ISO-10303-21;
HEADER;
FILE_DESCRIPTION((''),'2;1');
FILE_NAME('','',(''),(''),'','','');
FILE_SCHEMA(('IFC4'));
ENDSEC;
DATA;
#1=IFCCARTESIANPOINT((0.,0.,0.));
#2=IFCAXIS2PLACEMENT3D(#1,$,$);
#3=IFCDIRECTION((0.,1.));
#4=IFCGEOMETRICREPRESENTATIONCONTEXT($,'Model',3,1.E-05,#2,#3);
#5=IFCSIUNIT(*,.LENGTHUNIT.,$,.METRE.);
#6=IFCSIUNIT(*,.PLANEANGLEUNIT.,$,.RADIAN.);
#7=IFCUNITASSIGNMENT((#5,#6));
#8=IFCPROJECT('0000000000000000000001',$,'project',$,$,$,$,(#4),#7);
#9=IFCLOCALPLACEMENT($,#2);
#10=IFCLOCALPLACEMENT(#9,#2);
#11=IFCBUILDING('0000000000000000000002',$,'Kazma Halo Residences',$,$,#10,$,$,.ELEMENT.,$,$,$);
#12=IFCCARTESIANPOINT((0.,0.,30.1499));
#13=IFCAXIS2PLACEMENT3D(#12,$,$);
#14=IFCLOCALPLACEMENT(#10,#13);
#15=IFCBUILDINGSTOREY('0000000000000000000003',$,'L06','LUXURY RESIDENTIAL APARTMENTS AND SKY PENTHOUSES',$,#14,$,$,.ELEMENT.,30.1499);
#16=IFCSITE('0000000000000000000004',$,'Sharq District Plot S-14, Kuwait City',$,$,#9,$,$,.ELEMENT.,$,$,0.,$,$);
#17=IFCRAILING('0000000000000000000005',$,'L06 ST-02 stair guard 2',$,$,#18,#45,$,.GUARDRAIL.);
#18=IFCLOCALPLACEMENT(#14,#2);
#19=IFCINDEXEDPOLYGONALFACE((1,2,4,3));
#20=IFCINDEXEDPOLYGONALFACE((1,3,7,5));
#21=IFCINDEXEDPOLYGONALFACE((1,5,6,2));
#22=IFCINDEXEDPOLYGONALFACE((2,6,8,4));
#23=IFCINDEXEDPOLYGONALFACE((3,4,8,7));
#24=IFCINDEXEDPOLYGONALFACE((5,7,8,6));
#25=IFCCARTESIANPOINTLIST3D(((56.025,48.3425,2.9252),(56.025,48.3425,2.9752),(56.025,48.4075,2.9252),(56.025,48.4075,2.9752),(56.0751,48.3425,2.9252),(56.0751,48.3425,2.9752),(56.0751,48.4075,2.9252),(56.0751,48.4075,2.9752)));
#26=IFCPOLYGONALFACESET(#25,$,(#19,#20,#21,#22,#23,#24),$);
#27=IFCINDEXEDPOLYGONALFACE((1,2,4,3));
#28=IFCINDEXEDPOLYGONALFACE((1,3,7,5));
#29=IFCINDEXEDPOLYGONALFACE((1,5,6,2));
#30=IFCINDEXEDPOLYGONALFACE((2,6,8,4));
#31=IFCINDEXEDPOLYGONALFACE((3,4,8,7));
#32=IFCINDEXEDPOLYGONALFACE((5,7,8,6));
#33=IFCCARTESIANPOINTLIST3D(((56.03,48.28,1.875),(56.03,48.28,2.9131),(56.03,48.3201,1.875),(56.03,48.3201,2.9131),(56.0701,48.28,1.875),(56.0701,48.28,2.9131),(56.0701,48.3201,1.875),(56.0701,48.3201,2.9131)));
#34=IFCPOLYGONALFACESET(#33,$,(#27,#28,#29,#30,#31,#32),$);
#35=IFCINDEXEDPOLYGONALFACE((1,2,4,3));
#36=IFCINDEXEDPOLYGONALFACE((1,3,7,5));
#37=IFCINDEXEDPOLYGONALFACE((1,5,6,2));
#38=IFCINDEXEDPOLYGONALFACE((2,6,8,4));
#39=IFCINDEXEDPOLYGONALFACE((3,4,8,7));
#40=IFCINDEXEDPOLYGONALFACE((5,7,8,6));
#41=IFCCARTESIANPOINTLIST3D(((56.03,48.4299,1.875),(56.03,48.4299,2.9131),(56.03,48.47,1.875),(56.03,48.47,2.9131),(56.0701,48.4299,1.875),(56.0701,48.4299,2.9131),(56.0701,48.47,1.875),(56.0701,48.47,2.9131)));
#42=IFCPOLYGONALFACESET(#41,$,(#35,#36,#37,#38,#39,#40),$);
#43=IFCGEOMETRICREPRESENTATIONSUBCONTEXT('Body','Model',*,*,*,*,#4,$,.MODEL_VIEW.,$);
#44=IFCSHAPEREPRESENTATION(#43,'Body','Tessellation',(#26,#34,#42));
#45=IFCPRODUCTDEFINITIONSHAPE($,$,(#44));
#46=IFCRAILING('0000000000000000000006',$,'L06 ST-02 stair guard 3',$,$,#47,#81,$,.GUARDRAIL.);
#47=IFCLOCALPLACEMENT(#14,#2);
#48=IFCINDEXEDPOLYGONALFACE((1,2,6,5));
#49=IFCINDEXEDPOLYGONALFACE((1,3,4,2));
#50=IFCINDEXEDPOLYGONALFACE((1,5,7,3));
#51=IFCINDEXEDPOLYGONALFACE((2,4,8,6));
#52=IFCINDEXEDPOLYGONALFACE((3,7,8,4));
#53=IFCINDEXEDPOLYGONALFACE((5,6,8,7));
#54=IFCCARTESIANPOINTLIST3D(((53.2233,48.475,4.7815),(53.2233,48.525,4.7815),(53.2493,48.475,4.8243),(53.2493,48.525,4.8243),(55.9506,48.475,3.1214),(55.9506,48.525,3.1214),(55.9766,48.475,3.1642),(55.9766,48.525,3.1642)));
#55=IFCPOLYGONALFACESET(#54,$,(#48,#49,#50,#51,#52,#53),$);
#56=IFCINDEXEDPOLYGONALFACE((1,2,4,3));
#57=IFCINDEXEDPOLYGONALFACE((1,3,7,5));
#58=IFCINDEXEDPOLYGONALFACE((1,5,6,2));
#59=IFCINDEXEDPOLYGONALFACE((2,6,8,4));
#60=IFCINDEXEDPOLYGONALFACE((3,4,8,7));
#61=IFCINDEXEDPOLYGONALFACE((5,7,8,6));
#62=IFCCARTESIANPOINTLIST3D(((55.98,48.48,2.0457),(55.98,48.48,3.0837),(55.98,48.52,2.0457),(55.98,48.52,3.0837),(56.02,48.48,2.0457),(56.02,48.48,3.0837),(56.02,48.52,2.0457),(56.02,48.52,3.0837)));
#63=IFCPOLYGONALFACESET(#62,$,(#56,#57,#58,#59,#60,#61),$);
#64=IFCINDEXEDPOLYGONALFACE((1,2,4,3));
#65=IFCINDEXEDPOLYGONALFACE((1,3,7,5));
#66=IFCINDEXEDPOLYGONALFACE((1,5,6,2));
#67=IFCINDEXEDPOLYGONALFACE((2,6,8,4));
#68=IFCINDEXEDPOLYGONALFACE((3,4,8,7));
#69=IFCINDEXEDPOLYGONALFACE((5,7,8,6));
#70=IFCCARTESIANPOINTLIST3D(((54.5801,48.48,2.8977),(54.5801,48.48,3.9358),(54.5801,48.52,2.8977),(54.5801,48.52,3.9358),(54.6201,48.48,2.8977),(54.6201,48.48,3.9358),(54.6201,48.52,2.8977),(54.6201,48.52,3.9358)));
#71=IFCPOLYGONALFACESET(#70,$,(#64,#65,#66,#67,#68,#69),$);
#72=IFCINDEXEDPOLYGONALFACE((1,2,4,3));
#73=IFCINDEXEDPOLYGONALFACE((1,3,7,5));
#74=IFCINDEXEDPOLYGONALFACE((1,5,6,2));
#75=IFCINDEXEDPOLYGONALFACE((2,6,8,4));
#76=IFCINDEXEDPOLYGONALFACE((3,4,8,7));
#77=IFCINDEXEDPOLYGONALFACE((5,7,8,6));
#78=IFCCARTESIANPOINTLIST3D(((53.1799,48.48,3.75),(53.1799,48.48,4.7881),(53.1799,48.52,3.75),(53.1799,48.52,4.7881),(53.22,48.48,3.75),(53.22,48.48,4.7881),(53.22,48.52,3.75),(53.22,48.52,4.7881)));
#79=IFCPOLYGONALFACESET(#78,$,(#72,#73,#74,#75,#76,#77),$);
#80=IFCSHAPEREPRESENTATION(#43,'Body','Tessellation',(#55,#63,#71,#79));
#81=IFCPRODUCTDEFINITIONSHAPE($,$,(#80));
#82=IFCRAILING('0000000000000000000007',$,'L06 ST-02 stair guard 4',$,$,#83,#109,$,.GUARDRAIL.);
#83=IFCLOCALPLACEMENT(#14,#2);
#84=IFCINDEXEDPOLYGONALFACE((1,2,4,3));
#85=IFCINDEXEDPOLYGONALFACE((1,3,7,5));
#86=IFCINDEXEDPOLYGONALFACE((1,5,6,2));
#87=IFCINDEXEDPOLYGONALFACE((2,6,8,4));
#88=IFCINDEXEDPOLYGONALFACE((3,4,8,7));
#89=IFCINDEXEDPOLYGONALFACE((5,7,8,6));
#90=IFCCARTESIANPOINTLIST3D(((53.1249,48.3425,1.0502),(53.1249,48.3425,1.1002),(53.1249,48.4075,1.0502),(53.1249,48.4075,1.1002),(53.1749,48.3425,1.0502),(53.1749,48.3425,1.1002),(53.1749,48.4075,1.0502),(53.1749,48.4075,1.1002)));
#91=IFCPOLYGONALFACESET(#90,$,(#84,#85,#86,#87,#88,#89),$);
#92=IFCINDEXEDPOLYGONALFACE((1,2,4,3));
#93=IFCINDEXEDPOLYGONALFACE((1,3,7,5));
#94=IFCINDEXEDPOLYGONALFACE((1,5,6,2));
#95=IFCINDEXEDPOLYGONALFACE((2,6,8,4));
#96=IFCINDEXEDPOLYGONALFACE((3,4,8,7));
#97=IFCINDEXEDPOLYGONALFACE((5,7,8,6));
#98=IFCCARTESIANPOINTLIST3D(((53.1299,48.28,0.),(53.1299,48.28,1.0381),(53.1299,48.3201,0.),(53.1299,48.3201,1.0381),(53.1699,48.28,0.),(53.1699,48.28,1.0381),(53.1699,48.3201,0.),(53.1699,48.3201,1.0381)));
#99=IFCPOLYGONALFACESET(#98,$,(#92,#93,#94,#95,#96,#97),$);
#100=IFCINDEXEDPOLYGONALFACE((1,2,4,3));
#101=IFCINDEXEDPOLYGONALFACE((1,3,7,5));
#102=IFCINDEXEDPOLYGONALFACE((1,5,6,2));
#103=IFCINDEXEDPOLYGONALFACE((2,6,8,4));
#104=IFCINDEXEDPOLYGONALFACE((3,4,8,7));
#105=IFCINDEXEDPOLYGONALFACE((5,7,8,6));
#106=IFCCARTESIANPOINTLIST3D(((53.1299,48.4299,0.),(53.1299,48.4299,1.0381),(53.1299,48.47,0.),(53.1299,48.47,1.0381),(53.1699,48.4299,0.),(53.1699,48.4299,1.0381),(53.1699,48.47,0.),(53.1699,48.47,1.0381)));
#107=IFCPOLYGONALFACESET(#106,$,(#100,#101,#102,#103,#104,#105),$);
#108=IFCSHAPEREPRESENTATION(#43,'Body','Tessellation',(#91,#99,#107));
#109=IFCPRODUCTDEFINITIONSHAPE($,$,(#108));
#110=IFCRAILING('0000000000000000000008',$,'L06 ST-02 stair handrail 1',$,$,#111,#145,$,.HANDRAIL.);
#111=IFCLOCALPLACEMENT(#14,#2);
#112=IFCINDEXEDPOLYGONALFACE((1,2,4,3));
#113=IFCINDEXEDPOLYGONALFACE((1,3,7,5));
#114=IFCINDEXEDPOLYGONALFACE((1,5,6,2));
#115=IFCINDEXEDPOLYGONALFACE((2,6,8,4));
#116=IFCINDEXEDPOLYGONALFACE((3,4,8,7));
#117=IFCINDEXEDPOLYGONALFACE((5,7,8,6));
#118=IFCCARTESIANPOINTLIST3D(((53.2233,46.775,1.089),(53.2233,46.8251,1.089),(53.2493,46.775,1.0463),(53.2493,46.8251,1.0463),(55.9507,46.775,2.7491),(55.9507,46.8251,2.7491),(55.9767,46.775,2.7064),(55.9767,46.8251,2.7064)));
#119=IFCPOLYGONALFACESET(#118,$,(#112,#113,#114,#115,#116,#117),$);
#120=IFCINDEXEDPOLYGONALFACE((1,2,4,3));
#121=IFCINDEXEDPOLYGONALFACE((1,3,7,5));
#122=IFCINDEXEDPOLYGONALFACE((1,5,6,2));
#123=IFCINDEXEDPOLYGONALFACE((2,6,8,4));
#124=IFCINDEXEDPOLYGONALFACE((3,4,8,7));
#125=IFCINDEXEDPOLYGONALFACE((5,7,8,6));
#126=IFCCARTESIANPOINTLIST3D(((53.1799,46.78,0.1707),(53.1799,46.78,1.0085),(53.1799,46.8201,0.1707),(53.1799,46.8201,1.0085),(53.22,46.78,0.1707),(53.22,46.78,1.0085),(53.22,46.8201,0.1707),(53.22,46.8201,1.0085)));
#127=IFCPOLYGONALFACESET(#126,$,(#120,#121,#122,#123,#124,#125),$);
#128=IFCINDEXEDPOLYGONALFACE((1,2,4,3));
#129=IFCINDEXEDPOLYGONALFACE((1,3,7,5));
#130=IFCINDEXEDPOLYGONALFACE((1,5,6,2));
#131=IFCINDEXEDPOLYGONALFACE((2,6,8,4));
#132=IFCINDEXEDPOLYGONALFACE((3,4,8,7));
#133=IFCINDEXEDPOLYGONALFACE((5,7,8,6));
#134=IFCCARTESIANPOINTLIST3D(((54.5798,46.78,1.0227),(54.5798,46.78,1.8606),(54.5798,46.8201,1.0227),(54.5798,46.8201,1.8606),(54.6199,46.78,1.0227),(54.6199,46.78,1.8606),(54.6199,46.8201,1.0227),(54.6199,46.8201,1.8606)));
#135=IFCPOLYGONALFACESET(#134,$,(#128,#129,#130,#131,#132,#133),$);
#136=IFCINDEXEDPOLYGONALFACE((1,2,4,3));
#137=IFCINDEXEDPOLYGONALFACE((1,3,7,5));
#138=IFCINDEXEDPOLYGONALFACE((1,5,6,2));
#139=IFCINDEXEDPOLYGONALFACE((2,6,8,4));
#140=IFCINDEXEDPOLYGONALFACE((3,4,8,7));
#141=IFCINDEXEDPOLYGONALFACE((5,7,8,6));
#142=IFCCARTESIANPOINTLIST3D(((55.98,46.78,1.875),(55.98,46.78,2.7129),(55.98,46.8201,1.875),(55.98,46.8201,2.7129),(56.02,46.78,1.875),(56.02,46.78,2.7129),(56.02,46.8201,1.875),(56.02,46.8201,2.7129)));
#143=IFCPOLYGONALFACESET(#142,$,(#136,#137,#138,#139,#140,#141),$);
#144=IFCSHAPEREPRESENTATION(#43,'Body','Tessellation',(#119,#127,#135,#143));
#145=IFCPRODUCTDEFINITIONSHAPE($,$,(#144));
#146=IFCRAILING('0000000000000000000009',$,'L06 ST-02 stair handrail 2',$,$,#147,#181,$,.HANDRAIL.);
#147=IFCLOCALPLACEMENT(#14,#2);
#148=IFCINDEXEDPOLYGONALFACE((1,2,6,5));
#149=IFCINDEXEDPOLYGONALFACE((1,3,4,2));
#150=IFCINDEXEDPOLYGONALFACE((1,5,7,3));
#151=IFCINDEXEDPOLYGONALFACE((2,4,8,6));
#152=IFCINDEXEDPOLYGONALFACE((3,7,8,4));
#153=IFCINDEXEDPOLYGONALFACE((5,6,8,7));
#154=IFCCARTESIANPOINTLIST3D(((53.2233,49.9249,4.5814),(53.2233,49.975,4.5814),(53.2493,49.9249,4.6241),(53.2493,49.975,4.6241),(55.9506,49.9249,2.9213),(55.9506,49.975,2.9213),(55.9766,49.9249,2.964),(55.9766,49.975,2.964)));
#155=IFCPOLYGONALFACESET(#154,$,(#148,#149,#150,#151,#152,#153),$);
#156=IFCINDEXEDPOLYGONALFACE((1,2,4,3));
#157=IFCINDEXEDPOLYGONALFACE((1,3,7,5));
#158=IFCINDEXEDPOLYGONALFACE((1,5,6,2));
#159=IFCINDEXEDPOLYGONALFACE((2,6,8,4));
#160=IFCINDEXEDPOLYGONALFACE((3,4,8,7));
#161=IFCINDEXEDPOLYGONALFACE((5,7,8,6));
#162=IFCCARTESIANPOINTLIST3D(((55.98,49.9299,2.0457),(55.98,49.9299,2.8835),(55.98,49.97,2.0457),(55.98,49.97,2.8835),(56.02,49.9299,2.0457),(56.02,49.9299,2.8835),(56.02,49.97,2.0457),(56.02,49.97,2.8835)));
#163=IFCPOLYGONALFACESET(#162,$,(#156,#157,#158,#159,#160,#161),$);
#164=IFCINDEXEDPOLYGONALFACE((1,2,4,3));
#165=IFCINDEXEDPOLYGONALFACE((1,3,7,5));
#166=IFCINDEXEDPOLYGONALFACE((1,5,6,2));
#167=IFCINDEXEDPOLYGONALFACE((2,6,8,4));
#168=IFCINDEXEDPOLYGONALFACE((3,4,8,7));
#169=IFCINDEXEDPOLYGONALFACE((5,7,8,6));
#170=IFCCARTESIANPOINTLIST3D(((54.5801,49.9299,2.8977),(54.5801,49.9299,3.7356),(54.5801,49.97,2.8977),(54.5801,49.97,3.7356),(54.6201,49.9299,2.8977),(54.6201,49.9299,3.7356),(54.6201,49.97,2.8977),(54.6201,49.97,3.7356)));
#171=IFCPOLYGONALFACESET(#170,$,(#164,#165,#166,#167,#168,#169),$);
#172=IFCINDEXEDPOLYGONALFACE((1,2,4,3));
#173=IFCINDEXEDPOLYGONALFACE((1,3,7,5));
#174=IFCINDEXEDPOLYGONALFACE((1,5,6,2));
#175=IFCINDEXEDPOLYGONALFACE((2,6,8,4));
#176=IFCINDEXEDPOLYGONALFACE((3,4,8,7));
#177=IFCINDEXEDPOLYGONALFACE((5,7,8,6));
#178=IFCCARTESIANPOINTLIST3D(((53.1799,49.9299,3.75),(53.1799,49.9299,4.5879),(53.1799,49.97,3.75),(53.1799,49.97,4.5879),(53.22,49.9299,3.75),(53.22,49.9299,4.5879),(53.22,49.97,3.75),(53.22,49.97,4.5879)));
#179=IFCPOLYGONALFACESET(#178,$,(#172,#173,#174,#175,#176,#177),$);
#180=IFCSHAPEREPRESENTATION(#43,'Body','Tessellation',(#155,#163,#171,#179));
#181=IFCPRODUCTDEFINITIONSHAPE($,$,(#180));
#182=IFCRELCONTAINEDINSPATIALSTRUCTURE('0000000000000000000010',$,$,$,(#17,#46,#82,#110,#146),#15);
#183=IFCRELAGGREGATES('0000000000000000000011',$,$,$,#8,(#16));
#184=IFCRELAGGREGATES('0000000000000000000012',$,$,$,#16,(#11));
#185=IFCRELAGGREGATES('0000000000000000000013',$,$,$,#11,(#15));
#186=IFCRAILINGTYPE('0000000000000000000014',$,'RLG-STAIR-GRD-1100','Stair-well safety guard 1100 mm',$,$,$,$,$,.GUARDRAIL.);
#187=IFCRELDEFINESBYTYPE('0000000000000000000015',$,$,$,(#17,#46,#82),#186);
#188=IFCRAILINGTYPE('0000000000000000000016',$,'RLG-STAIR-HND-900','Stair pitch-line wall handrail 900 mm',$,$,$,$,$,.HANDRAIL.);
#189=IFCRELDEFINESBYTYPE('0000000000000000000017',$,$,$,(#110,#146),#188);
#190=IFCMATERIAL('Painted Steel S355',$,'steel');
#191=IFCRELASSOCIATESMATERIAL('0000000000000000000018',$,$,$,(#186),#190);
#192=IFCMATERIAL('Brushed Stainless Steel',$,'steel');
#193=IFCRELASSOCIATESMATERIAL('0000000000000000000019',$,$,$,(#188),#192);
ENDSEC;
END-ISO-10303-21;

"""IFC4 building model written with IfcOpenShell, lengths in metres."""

from ifc_helpers import new_model, si_unit, direction, frame, origin, origin_2d, place, context, subcontext, project, spatial, rectangle, extrude, material, type_object, element, save


model = new_model("IFC4")

# Units and contexts
model_context = context("Model", 3, precision=1e-05, world=origin(), true_north=direction((0.0, 1.0)))
body_context = subcontext(model_context, "Body", "Model", "MODEL_VIEW")
ifc_project = project(units=[si_unit("LENGTHUNIT", "METRE"), si_unit("PLANEANGLEUNIT", "RADIAN")], contexts=[model_context])

# Site, building, storey
site_placement = place(None, origin())
site = spatial("IfcSite", under=ifc_project, at=site_placement, Name="Sharq District Plot S-14, Kuwait City", CompositionType="ELEMENT", RefElevation=0.0)
building_placement = place(site_placement, origin())
building = spatial("IfcBuilding", under=site, at=building_placement, Name="Kazma Halo Residences", CompositionType="ELEMENT")
storey_placement = place(building_placement, frame((0.0, 0.0, 30.1499)))
storey = spatial("IfcBuildingStorey", under=building, at=storey_placement, Name="L06", Description="LUXURY RESIDENTIAL APARTMENTS AND SKY PENTHOUSES", CompositionType="ELEMENT", Elevation=30.1499)

# Railings
ifc_material_1 = material(Name="Painted Steel S355", Category="steel")
railing_type_1 = type_object("IfcRailingType", Name="RLG-STAIR-GRD-1100", Description="Stair-well safety guard 1100 mm", PredefinedType="GUARDRAIL", material=ifc_material_1)
railing_1_placement = place(storey_placement, frame((56.05, 48.3, 1.875)))
element("IfcRailing", 1, at=railing_1_placement, inside=storey, type_object=railing_type_1, Name="L06 ST-02 stair guard 2", PredefinedType="GUARDRAIL", context=body_context, shape_type="SweptSolid", body=[
    extrude(rectangle(XDim=0.05, YDim=0.05, at=origin_2d()), frame((0.0, 0.0425, 1.0752), z_axis=(0.0, 1.0, 0.0), x_axis=(-1.0, 0.0, 0.0)), (0.0, 0.0, 1.0), 0.0649),
    extrude(rectangle(XDim=0.04, YDim=0.04, at=origin_2d()), origin(), (0.0, 0.0, 1.0), 1.0381),
    extrude(rectangle(XDim=0.04, YDim=0.04, at=origin_2d()), frame((0.0, 0.1499, 0.0)), (0.0, 0.0, 1.0), 1.0381),
])
railing_2_placement = place(storey_placement, frame((56.0, 48.5, 2.0457)))
element("IfcRailing", 2, at=railing_2_placement, inside=storey, type_object=railing_type_1, Name="L06 ST-02 stair guard 3", PredefinedType="GUARDRAIL", context=body_context, shape_type="SweptSolid", body=[
    extrude(rectangle(XDim=0.05, YDim=0.05, at=origin_2d()), frame((-0.0364, 0.0, 1.0972), z_axis=(-0.854203, 0.0, 0.51994), x_axis=(0.0, -1.0, 0.0)), (0.0, 0.0, 1.0), 3.1929),
    extrude(rectangle(XDim=0.04, YDim=0.04, at=origin_2d()), origin(), (0.0, 0.0, 1.0), 1.0381),
    extrude(rectangle(XDim=0.04, YDim=0.04, at=origin_2d()), frame((-1.3999, 0.0, 0.8521)), (0.0, 0.0, 1.0), 1.0381),
    extrude(rectangle(XDim=0.04, YDim=0.04, at=origin_2d()), frame((-2.8, 0.0, 1.7043)), (0.0, 0.0, 1.0), 1.0381),
])
railing_3_placement = place(storey_placement, frame((53.1499, 48.3, 0.0)))
element("IfcRailing", 3, at=railing_3_placement, inside=storey, type_object=railing_type_1, Name="L06 ST-02 stair guard 4", PredefinedType="GUARDRAIL", context=body_context, shape_type="SweptSolid", body=[
    extrude(rectangle(XDim=0.05, YDim=0.05, at=origin_2d()), frame((0.0, 0.0425, 1.0752), z_axis=(0.0, 1.0, 0.0), x_axis=(-1.0, 0.0, 0.0)), (0.0, 0.0, 1.0), 0.0649),
    extrude(rectangle(XDim=0.04, YDim=0.04, at=origin_2d()), origin(), (0.0, 0.0, 1.0), 1.0381),
    extrude(rectangle(XDim=0.04, YDim=0.04, at=origin_2d()), frame((0.0, 0.1499, 0.0)), (0.0, 0.0, 1.0), 1.0381),
])
ifc_material_2 = material(Name="Brushed Stainless Steel", Category="steel")
railing_type_2 = type_object("IfcRailingType", Name="RLG-STAIR-HND-900", Description="Stair pitch-line wall handrail 900 mm", PredefinedType="HANDRAIL", material=ifc_material_2)
railing_4_placement = place(storey_placement, frame((53.2, 46.8, 0.1707)))
element("IfcRailing", 4, at=railing_4_placement, inside=storey, type_object=railing_type_2, Name="L06 ST-02 stair handrail 1", PredefinedType="HANDRAIL", context=body_context, shape_type="SweptSolid", body=[
    extrude(rectangle(XDim=0.05, YDim=0.05, at=origin_2d()), frame((0.0364, 0.0, 0.897), z_axis=(0.854203, 0.0, 0.51994), x_axis=(0.0, 1.0, 0.0)), (0.0, 0.0, 1.0), 3.1929),
    extrude(rectangle(XDim=0.04, YDim=0.04, at=origin_2d()), origin(), (0.0, 0.0, 1.0), 0.8379),
    extrude(rectangle(XDim=0.04, YDim=0.04, at=origin_2d()), frame((1.3999, 0.0, 0.8521)), (0.0, 0.0, 1.0), 0.8379),
    extrude(rectangle(XDim=0.04, YDim=0.04, at=origin_2d()), frame((2.8, 0.0, 1.7043)), (0.0, 0.0, 1.0), 0.8379),
])
railing_5_placement = place(storey_placement, frame((56.0, 49.95, 2.0457)))
element("IfcRailing", 5, at=railing_5_placement, inside=storey, type_object=railing_type_2, Name="L06 ST-02 stair handrail 2", PredefinedType="HANDRAIL", context=body_context, shape_type="SweptSolid", body=[
    extrude(rectangle(XDim=0.05, YDim=0.05, at=origin_2d()), frame((-0.0364, 0.0, 0.897), z_axis=(-0.854203, 0.0, 0.51994), x_axis=(0.0, -1.0, 0.0)), (0.0, 0.0, 1.0), 3.1929),
    extrude(rectangle(XDim=0.04, YDim=0.04, at=origin_2d()), origin(), (0.0, 0.0, 1.0), 0.8379),
    extrude(rectangle(XDim=0.04, YDim=0.04, at=origin_2d()), frame((-1.3999, 0.0, 0.8521)), (0.0, 0.0, 1.0), 0.8379),
    extrude(rectangle(XDim=0.04, YDim=0.04, at=origin_2d()), frame((-2.8, 0.0, 1.7043)), (0.0, 0.0, 1.0), 0.8379),
])

save(model, "model.ifc")
